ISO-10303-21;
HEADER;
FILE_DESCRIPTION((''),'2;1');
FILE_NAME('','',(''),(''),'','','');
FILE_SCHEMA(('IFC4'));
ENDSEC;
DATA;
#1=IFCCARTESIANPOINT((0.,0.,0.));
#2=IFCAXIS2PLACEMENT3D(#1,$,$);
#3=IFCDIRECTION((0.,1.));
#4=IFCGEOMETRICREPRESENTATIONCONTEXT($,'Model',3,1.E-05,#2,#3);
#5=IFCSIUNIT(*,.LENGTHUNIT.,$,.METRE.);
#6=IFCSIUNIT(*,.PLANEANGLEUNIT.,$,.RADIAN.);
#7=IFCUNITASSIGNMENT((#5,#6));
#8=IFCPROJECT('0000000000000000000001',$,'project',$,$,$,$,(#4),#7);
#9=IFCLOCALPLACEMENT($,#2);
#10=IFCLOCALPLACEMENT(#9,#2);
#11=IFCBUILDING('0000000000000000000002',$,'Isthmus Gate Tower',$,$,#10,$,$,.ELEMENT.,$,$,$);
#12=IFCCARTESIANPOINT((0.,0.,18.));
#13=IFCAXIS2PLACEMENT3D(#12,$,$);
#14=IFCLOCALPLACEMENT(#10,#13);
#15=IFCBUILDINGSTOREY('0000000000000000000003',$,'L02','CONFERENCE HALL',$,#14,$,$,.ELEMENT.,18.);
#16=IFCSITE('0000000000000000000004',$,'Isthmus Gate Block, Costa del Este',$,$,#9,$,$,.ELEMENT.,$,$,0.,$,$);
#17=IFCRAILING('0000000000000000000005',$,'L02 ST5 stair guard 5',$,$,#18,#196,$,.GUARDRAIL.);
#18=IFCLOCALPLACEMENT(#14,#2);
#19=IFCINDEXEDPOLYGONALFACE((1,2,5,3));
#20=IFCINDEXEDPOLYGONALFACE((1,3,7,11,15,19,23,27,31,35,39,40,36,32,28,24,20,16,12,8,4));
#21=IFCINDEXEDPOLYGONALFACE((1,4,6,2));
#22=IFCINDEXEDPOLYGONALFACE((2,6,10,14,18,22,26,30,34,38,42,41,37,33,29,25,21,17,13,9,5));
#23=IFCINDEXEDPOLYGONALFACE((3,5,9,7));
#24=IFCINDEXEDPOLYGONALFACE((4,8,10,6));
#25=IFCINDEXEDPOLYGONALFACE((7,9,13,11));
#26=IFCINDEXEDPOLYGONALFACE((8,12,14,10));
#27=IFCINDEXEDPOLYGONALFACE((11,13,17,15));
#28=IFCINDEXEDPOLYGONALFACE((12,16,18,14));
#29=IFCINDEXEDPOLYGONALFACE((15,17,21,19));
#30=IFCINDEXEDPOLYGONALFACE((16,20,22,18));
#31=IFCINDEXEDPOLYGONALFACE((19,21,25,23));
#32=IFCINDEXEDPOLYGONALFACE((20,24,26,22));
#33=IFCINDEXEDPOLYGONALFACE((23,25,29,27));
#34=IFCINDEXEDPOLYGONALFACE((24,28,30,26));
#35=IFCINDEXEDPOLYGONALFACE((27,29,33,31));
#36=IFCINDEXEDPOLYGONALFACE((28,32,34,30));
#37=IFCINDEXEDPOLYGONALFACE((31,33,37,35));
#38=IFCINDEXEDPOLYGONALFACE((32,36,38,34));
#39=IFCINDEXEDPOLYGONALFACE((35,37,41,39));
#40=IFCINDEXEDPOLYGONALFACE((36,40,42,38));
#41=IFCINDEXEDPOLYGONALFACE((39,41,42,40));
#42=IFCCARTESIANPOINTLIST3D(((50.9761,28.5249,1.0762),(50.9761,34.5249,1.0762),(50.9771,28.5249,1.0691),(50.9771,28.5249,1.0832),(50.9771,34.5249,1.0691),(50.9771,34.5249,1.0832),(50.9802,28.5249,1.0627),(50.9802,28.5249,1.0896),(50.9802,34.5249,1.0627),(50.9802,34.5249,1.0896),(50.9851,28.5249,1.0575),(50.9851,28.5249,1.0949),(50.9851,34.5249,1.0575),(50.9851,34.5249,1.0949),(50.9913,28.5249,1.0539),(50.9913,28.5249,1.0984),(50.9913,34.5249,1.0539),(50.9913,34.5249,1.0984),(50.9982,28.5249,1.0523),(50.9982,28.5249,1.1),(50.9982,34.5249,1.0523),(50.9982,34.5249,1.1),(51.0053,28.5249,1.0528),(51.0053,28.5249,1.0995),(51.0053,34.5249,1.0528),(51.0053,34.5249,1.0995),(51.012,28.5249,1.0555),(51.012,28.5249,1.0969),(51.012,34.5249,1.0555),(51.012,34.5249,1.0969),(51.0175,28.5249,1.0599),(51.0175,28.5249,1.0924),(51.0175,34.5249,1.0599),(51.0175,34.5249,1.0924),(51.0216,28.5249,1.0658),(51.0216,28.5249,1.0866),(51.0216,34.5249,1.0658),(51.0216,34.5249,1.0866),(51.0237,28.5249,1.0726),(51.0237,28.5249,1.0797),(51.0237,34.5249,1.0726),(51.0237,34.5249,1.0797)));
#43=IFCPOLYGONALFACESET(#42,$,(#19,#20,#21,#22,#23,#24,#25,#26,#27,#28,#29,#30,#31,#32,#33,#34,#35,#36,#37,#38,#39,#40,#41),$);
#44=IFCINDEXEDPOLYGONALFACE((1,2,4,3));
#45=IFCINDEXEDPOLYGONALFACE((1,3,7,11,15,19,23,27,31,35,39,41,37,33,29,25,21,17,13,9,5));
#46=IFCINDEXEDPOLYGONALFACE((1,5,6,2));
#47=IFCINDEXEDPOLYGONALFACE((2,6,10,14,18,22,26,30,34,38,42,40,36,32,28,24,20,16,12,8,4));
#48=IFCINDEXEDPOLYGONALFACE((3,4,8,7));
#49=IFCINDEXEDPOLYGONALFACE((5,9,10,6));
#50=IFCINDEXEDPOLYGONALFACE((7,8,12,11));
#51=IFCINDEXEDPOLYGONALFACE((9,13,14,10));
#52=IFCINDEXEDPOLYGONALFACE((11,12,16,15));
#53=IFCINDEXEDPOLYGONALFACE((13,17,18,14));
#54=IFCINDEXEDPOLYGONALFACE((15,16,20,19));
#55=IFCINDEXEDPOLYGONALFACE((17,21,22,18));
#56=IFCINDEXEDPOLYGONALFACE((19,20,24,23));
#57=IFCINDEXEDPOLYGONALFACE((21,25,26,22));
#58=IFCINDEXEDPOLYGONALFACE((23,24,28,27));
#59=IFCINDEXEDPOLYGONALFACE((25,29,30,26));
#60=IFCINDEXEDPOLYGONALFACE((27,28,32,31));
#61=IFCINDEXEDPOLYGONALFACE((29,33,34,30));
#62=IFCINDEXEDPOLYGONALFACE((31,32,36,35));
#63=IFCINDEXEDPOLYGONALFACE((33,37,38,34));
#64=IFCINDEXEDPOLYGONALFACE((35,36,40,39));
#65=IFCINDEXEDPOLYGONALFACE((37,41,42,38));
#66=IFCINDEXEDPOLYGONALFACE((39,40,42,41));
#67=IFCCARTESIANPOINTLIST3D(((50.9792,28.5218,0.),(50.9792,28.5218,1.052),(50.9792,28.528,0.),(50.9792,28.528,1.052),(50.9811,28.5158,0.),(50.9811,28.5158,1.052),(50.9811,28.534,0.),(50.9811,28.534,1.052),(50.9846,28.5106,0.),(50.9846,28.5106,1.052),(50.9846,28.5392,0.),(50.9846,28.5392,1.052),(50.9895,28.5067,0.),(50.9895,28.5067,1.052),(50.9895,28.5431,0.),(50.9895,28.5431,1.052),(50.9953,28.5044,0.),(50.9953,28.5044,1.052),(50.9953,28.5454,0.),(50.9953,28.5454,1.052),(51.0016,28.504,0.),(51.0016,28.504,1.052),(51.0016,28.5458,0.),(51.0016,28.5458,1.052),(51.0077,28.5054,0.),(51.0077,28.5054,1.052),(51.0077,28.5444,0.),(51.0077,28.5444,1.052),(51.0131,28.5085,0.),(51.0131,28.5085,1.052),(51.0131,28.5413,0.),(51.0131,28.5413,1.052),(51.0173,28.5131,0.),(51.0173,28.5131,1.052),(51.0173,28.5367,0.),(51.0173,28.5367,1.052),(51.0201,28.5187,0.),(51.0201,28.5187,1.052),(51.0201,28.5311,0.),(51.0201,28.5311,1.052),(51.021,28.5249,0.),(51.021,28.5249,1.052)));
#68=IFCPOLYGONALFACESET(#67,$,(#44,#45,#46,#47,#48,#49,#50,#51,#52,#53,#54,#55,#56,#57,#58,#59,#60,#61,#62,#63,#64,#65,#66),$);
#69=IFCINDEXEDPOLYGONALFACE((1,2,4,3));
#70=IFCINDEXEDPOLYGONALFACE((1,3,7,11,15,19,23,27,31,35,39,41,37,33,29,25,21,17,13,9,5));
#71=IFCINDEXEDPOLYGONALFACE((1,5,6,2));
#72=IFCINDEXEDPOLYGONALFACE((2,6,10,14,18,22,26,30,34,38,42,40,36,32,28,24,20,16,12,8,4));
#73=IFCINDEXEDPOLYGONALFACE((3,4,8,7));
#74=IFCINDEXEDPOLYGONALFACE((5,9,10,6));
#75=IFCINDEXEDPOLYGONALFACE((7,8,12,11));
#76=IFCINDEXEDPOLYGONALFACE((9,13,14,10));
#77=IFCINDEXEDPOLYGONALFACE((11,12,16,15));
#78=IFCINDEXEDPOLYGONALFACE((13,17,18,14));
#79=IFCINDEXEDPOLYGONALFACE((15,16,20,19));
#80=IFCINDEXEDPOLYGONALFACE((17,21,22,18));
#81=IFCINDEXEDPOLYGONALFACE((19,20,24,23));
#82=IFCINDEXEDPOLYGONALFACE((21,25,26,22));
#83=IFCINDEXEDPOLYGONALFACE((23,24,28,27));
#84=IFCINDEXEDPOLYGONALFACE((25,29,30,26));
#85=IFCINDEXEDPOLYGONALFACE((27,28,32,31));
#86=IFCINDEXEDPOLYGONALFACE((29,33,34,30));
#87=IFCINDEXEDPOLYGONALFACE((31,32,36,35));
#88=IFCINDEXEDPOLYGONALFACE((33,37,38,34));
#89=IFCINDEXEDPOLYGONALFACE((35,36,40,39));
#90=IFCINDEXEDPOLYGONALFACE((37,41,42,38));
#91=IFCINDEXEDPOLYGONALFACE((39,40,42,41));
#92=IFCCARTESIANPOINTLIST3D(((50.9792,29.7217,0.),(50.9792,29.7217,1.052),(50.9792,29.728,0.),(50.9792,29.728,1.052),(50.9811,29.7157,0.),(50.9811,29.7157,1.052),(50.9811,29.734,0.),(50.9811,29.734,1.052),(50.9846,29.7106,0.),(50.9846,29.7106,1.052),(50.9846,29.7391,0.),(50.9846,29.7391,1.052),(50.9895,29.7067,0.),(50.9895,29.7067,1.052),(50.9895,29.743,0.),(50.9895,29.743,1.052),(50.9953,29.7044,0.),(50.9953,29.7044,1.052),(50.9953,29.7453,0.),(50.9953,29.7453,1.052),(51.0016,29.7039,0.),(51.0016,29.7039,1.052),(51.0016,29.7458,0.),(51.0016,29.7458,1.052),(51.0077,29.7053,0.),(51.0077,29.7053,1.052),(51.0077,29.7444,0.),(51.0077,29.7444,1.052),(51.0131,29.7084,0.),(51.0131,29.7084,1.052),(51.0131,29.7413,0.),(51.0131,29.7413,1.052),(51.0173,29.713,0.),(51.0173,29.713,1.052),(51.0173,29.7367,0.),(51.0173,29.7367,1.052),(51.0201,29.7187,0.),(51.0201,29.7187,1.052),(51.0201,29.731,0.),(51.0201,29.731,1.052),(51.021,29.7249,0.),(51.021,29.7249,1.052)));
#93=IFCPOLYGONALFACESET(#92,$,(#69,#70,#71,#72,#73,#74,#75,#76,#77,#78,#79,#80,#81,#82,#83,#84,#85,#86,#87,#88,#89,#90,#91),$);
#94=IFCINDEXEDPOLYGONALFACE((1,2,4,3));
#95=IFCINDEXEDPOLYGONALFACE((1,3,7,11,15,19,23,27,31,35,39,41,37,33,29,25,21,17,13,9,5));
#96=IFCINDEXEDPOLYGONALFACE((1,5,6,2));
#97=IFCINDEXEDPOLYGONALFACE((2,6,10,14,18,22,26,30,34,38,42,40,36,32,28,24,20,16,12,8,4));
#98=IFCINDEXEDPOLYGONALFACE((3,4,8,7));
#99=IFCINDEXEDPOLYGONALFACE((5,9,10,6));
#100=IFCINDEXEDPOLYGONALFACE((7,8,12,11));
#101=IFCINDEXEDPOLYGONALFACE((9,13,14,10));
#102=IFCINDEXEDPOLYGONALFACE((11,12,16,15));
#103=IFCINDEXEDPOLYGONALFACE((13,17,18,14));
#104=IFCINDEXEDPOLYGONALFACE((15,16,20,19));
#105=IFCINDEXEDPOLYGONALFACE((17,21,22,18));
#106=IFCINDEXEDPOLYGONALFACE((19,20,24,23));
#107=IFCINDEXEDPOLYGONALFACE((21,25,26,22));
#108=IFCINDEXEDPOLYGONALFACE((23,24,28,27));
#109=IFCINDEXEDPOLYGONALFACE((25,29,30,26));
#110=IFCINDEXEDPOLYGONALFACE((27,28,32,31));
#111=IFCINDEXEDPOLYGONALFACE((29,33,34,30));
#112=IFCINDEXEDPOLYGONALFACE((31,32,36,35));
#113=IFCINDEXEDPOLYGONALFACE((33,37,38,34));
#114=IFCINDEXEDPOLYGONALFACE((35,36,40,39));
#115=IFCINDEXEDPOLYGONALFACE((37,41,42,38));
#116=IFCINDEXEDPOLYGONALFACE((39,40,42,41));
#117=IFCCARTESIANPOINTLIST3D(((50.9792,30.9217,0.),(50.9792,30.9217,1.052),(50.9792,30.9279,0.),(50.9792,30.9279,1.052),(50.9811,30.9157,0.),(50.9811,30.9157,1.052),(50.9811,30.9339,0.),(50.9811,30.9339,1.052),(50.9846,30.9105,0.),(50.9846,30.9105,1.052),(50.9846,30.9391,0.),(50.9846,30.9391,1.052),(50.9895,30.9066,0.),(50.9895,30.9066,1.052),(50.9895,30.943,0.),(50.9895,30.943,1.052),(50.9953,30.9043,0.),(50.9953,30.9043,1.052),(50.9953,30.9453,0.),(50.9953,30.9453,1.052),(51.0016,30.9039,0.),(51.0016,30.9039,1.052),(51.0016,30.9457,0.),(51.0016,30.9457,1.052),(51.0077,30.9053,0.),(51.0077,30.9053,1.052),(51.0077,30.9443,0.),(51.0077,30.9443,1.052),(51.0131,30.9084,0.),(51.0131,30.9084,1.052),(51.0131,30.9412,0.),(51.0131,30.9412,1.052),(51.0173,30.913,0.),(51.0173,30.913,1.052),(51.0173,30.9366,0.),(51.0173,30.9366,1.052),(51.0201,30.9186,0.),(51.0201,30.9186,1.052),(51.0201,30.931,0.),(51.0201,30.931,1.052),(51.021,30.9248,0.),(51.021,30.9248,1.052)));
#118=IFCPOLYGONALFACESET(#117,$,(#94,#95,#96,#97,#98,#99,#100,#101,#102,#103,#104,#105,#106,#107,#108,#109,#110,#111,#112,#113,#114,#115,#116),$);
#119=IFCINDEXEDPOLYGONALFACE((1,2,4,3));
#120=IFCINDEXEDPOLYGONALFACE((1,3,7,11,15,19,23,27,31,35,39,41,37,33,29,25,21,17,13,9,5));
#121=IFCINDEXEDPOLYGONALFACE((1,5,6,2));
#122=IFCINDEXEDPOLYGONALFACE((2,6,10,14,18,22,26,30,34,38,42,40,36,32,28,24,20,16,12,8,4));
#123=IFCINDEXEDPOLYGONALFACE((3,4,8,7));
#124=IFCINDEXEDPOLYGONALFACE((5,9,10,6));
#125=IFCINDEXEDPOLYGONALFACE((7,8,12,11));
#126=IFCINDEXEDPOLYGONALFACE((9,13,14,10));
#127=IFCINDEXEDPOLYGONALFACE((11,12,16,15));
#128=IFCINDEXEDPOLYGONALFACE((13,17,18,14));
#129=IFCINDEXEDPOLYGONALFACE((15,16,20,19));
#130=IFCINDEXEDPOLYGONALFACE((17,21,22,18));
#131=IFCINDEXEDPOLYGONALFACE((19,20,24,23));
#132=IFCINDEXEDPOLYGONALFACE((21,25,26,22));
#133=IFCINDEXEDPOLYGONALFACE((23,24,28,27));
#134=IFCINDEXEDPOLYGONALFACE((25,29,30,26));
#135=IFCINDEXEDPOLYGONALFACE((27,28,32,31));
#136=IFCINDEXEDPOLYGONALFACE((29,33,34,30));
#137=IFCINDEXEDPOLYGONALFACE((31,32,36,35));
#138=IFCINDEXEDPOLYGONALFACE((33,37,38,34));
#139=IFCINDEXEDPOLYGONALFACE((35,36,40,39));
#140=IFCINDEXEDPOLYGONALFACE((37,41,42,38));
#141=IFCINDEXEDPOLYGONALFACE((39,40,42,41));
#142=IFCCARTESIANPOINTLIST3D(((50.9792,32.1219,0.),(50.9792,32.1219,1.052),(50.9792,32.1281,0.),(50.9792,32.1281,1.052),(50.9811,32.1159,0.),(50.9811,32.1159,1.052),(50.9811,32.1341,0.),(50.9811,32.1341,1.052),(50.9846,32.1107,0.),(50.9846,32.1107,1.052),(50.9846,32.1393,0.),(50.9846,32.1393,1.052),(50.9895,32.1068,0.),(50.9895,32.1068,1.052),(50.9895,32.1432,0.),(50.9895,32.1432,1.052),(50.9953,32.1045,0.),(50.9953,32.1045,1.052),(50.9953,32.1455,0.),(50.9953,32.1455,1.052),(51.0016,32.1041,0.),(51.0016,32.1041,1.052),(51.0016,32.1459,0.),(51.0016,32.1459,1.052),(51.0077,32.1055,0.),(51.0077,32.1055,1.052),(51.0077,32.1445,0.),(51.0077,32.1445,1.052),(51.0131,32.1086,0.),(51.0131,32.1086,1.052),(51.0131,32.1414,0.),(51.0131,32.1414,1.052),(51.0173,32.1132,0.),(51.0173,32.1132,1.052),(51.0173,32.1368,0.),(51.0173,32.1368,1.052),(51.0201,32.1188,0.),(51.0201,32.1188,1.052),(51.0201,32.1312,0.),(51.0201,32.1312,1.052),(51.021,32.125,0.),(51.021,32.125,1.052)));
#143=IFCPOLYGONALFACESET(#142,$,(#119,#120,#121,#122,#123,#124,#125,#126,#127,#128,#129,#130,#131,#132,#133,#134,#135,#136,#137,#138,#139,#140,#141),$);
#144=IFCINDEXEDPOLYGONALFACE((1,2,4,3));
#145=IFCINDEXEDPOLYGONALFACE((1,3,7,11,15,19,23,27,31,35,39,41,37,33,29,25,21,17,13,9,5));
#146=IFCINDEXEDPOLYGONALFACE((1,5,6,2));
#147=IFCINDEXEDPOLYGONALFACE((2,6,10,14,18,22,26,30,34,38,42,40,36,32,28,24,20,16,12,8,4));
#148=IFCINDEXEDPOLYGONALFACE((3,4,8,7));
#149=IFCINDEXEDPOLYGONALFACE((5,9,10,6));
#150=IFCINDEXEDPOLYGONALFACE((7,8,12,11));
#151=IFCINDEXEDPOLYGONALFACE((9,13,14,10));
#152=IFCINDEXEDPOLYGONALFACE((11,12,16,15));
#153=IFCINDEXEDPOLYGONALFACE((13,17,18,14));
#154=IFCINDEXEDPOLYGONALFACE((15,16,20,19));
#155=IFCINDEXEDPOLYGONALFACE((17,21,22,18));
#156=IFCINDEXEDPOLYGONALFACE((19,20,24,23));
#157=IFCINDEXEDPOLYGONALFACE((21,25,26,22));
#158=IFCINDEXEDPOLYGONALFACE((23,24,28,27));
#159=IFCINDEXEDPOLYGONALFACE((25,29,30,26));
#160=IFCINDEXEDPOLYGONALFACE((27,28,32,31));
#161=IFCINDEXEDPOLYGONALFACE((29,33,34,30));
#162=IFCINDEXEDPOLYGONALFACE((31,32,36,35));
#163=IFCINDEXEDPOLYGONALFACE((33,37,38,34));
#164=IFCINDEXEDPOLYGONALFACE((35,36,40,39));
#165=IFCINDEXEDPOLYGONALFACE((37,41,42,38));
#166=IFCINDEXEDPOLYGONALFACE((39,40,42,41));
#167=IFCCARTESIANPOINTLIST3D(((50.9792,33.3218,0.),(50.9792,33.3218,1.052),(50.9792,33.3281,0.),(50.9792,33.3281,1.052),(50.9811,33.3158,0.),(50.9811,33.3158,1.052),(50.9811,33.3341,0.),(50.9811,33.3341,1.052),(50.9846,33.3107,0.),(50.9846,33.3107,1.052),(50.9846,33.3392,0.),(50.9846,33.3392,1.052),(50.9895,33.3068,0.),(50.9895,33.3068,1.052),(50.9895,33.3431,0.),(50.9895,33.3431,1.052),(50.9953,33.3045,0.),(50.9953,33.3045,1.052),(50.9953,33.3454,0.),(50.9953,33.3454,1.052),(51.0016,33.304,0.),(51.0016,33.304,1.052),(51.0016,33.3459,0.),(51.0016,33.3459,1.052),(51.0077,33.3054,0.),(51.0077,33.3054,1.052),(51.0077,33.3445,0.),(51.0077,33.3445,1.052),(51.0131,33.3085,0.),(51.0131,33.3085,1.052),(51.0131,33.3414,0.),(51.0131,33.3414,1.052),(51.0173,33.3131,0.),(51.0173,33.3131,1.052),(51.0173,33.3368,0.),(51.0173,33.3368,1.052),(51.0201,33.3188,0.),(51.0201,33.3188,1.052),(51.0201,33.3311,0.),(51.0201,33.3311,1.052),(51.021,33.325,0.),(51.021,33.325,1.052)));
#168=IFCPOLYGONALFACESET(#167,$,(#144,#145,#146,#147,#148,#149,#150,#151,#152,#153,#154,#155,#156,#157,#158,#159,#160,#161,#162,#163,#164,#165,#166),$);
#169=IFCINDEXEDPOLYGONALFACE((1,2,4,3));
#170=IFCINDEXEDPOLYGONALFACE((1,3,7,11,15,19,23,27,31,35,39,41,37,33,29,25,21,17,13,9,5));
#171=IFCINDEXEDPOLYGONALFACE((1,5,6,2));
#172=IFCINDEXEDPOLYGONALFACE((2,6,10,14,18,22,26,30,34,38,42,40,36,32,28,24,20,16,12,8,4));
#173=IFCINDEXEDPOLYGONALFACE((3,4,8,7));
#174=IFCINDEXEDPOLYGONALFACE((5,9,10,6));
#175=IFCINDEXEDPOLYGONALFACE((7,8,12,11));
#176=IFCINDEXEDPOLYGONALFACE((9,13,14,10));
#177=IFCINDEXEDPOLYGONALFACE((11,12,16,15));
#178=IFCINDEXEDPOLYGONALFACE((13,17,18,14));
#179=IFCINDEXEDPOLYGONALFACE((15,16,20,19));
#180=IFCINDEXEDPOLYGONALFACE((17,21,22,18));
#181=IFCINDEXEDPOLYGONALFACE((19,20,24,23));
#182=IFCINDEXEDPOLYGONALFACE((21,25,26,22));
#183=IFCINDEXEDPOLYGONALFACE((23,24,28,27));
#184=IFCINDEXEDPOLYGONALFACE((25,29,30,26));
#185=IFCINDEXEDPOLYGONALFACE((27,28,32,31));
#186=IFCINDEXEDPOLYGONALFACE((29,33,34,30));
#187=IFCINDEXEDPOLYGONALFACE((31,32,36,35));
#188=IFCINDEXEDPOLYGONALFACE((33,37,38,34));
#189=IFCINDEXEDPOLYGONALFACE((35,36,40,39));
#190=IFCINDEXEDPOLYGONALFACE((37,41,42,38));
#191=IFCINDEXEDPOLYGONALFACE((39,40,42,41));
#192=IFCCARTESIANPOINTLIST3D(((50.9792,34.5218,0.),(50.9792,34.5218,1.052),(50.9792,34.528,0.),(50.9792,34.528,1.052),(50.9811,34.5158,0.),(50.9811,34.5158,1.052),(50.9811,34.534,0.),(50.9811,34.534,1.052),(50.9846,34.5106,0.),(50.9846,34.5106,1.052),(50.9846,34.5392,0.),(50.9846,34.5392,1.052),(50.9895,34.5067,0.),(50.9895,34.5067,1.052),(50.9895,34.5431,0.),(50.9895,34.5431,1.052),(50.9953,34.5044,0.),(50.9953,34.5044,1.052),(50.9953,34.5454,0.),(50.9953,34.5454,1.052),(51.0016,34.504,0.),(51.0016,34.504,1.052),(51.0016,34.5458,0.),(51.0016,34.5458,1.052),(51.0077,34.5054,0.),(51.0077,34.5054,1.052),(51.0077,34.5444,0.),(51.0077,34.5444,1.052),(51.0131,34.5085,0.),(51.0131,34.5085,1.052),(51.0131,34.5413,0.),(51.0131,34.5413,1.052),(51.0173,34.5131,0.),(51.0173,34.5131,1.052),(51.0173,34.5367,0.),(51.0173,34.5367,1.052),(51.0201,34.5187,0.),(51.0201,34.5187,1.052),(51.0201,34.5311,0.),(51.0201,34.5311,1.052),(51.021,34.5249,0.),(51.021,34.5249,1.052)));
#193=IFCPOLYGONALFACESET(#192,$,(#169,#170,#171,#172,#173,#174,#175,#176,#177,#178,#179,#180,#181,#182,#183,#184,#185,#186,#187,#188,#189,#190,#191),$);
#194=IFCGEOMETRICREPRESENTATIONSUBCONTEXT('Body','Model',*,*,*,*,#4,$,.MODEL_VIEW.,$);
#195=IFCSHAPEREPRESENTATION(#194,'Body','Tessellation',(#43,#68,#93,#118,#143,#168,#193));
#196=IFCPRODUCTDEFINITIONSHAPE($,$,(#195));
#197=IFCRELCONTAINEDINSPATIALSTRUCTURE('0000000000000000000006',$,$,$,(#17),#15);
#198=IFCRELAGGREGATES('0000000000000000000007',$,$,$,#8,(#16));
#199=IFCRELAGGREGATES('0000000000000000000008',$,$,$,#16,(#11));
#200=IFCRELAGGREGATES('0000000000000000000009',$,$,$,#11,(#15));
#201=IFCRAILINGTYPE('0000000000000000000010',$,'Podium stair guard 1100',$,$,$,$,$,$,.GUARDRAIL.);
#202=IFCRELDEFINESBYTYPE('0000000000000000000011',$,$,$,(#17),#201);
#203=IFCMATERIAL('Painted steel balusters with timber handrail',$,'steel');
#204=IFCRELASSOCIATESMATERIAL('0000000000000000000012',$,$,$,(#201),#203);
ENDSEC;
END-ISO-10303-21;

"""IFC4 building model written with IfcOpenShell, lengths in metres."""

from ifc_helpers import new_model, si_unit, direction, frame, origin, origin_2d, place, context, subcontext, project, spatial, circle, extrude, material, type_object, element, save


model = new_model("IFC4")

# Units and contexts
model_context = context("Model", 3, precision=1e-05, world=origin(), true_north=direction((0.0, 1.0)))
body_context = subcontext(model_context, "Body", "Model", "MODEL_VIEW")
ifc_project = project(units=[si_unit("LENGTHUNIT", "METRE"), si_unit("PLANEANGLEUNIT", "RADIAN")], contexts=[model_context])

# Site, building, storey
site_placement = place(None, origin())
site = spatial("IfcSite", under=ifc_project, at=site_placement, Name="Isthmus Gate Block, Costa del Este", CompositionType="ELEMENT", RefElevation=0.0)
building_placement = place(site_placement, origin())
building = spatial("IfcBuilding", under=site, at=building_placement, Name="Isthmus Gate Tower", CompositionType="ELEMENT")
storey_placement = place(building_placement, frame((0.0, 0.0, 18.0)))
storey = spatial("IfcBuildingStorey", under=building, at=storey_placement, Name="L02", Description="CONFERENCE HALL", CompositionType="ELEMENT", Elevation=18.0)

# Railing
ifc_material_1 = material(Name="Painted steel balusters with timber handrail", Category="steel")
railing_type_1 = type_object("IfcRailingType", Name="Podium stair guard 1100", PredefinedType="GUARDRAIL", material=ifc_material_1)
railing_1_placement = place(storey_placement, frame((51.0, 28.5249, 0.0)))
element("IfcRailing", 1, at=railing_1_placement, inside=storey, type_object=railing_type_1, Name="L02 ST5 stair guard 5", PredefinedType="GUARDRAIL", context=body_context, shape_type="SweptSolid", body=[
    extrude(circle(Radius=0.0239, at=origin_2d()), frame((0.0, 0.0, 1.0762), z_axis=(0.0, 1.0, 0.0), x_axis=(-1.0, 0.0, 0.0)), (0.0, 0.0, 1.0), 6.0),
    extrude(circle(Radius=0.021, at=origin_2d()), origin(), (0.0, 0.0, 1.0), 1.052),
    extrude(circle(Radius=0.021, at=origin_2d()), frame((0.0, 1.2, 0.0)), (0.0, 0.0, 1.0), 1.052),
    extrude(circle(Radius=0.021, at=origin_2d()), frame((0.0, 2.3999, 0.0)), (0.0, 0.0, 1.0), 1.052),
    extrude(circle(Radius=0.021, at=origin_2d()), frame((0.0, 3.6001, 0.0)), (0.0, 0.0, 1.0), 1.052),
    extrude(circle(Radius=0.021, at=origin_2d()), frame((0.0, 4.8, 0.0)), (0.0, 0.0, 1.0), 1.052),
    extrude(circle(Radius=0.021, at=origin_2d()), frame((0.0, 6.0, 0.0)), (0.0, 0.0, 1.0), 1.052),
])

save(model, "model.ifc")
